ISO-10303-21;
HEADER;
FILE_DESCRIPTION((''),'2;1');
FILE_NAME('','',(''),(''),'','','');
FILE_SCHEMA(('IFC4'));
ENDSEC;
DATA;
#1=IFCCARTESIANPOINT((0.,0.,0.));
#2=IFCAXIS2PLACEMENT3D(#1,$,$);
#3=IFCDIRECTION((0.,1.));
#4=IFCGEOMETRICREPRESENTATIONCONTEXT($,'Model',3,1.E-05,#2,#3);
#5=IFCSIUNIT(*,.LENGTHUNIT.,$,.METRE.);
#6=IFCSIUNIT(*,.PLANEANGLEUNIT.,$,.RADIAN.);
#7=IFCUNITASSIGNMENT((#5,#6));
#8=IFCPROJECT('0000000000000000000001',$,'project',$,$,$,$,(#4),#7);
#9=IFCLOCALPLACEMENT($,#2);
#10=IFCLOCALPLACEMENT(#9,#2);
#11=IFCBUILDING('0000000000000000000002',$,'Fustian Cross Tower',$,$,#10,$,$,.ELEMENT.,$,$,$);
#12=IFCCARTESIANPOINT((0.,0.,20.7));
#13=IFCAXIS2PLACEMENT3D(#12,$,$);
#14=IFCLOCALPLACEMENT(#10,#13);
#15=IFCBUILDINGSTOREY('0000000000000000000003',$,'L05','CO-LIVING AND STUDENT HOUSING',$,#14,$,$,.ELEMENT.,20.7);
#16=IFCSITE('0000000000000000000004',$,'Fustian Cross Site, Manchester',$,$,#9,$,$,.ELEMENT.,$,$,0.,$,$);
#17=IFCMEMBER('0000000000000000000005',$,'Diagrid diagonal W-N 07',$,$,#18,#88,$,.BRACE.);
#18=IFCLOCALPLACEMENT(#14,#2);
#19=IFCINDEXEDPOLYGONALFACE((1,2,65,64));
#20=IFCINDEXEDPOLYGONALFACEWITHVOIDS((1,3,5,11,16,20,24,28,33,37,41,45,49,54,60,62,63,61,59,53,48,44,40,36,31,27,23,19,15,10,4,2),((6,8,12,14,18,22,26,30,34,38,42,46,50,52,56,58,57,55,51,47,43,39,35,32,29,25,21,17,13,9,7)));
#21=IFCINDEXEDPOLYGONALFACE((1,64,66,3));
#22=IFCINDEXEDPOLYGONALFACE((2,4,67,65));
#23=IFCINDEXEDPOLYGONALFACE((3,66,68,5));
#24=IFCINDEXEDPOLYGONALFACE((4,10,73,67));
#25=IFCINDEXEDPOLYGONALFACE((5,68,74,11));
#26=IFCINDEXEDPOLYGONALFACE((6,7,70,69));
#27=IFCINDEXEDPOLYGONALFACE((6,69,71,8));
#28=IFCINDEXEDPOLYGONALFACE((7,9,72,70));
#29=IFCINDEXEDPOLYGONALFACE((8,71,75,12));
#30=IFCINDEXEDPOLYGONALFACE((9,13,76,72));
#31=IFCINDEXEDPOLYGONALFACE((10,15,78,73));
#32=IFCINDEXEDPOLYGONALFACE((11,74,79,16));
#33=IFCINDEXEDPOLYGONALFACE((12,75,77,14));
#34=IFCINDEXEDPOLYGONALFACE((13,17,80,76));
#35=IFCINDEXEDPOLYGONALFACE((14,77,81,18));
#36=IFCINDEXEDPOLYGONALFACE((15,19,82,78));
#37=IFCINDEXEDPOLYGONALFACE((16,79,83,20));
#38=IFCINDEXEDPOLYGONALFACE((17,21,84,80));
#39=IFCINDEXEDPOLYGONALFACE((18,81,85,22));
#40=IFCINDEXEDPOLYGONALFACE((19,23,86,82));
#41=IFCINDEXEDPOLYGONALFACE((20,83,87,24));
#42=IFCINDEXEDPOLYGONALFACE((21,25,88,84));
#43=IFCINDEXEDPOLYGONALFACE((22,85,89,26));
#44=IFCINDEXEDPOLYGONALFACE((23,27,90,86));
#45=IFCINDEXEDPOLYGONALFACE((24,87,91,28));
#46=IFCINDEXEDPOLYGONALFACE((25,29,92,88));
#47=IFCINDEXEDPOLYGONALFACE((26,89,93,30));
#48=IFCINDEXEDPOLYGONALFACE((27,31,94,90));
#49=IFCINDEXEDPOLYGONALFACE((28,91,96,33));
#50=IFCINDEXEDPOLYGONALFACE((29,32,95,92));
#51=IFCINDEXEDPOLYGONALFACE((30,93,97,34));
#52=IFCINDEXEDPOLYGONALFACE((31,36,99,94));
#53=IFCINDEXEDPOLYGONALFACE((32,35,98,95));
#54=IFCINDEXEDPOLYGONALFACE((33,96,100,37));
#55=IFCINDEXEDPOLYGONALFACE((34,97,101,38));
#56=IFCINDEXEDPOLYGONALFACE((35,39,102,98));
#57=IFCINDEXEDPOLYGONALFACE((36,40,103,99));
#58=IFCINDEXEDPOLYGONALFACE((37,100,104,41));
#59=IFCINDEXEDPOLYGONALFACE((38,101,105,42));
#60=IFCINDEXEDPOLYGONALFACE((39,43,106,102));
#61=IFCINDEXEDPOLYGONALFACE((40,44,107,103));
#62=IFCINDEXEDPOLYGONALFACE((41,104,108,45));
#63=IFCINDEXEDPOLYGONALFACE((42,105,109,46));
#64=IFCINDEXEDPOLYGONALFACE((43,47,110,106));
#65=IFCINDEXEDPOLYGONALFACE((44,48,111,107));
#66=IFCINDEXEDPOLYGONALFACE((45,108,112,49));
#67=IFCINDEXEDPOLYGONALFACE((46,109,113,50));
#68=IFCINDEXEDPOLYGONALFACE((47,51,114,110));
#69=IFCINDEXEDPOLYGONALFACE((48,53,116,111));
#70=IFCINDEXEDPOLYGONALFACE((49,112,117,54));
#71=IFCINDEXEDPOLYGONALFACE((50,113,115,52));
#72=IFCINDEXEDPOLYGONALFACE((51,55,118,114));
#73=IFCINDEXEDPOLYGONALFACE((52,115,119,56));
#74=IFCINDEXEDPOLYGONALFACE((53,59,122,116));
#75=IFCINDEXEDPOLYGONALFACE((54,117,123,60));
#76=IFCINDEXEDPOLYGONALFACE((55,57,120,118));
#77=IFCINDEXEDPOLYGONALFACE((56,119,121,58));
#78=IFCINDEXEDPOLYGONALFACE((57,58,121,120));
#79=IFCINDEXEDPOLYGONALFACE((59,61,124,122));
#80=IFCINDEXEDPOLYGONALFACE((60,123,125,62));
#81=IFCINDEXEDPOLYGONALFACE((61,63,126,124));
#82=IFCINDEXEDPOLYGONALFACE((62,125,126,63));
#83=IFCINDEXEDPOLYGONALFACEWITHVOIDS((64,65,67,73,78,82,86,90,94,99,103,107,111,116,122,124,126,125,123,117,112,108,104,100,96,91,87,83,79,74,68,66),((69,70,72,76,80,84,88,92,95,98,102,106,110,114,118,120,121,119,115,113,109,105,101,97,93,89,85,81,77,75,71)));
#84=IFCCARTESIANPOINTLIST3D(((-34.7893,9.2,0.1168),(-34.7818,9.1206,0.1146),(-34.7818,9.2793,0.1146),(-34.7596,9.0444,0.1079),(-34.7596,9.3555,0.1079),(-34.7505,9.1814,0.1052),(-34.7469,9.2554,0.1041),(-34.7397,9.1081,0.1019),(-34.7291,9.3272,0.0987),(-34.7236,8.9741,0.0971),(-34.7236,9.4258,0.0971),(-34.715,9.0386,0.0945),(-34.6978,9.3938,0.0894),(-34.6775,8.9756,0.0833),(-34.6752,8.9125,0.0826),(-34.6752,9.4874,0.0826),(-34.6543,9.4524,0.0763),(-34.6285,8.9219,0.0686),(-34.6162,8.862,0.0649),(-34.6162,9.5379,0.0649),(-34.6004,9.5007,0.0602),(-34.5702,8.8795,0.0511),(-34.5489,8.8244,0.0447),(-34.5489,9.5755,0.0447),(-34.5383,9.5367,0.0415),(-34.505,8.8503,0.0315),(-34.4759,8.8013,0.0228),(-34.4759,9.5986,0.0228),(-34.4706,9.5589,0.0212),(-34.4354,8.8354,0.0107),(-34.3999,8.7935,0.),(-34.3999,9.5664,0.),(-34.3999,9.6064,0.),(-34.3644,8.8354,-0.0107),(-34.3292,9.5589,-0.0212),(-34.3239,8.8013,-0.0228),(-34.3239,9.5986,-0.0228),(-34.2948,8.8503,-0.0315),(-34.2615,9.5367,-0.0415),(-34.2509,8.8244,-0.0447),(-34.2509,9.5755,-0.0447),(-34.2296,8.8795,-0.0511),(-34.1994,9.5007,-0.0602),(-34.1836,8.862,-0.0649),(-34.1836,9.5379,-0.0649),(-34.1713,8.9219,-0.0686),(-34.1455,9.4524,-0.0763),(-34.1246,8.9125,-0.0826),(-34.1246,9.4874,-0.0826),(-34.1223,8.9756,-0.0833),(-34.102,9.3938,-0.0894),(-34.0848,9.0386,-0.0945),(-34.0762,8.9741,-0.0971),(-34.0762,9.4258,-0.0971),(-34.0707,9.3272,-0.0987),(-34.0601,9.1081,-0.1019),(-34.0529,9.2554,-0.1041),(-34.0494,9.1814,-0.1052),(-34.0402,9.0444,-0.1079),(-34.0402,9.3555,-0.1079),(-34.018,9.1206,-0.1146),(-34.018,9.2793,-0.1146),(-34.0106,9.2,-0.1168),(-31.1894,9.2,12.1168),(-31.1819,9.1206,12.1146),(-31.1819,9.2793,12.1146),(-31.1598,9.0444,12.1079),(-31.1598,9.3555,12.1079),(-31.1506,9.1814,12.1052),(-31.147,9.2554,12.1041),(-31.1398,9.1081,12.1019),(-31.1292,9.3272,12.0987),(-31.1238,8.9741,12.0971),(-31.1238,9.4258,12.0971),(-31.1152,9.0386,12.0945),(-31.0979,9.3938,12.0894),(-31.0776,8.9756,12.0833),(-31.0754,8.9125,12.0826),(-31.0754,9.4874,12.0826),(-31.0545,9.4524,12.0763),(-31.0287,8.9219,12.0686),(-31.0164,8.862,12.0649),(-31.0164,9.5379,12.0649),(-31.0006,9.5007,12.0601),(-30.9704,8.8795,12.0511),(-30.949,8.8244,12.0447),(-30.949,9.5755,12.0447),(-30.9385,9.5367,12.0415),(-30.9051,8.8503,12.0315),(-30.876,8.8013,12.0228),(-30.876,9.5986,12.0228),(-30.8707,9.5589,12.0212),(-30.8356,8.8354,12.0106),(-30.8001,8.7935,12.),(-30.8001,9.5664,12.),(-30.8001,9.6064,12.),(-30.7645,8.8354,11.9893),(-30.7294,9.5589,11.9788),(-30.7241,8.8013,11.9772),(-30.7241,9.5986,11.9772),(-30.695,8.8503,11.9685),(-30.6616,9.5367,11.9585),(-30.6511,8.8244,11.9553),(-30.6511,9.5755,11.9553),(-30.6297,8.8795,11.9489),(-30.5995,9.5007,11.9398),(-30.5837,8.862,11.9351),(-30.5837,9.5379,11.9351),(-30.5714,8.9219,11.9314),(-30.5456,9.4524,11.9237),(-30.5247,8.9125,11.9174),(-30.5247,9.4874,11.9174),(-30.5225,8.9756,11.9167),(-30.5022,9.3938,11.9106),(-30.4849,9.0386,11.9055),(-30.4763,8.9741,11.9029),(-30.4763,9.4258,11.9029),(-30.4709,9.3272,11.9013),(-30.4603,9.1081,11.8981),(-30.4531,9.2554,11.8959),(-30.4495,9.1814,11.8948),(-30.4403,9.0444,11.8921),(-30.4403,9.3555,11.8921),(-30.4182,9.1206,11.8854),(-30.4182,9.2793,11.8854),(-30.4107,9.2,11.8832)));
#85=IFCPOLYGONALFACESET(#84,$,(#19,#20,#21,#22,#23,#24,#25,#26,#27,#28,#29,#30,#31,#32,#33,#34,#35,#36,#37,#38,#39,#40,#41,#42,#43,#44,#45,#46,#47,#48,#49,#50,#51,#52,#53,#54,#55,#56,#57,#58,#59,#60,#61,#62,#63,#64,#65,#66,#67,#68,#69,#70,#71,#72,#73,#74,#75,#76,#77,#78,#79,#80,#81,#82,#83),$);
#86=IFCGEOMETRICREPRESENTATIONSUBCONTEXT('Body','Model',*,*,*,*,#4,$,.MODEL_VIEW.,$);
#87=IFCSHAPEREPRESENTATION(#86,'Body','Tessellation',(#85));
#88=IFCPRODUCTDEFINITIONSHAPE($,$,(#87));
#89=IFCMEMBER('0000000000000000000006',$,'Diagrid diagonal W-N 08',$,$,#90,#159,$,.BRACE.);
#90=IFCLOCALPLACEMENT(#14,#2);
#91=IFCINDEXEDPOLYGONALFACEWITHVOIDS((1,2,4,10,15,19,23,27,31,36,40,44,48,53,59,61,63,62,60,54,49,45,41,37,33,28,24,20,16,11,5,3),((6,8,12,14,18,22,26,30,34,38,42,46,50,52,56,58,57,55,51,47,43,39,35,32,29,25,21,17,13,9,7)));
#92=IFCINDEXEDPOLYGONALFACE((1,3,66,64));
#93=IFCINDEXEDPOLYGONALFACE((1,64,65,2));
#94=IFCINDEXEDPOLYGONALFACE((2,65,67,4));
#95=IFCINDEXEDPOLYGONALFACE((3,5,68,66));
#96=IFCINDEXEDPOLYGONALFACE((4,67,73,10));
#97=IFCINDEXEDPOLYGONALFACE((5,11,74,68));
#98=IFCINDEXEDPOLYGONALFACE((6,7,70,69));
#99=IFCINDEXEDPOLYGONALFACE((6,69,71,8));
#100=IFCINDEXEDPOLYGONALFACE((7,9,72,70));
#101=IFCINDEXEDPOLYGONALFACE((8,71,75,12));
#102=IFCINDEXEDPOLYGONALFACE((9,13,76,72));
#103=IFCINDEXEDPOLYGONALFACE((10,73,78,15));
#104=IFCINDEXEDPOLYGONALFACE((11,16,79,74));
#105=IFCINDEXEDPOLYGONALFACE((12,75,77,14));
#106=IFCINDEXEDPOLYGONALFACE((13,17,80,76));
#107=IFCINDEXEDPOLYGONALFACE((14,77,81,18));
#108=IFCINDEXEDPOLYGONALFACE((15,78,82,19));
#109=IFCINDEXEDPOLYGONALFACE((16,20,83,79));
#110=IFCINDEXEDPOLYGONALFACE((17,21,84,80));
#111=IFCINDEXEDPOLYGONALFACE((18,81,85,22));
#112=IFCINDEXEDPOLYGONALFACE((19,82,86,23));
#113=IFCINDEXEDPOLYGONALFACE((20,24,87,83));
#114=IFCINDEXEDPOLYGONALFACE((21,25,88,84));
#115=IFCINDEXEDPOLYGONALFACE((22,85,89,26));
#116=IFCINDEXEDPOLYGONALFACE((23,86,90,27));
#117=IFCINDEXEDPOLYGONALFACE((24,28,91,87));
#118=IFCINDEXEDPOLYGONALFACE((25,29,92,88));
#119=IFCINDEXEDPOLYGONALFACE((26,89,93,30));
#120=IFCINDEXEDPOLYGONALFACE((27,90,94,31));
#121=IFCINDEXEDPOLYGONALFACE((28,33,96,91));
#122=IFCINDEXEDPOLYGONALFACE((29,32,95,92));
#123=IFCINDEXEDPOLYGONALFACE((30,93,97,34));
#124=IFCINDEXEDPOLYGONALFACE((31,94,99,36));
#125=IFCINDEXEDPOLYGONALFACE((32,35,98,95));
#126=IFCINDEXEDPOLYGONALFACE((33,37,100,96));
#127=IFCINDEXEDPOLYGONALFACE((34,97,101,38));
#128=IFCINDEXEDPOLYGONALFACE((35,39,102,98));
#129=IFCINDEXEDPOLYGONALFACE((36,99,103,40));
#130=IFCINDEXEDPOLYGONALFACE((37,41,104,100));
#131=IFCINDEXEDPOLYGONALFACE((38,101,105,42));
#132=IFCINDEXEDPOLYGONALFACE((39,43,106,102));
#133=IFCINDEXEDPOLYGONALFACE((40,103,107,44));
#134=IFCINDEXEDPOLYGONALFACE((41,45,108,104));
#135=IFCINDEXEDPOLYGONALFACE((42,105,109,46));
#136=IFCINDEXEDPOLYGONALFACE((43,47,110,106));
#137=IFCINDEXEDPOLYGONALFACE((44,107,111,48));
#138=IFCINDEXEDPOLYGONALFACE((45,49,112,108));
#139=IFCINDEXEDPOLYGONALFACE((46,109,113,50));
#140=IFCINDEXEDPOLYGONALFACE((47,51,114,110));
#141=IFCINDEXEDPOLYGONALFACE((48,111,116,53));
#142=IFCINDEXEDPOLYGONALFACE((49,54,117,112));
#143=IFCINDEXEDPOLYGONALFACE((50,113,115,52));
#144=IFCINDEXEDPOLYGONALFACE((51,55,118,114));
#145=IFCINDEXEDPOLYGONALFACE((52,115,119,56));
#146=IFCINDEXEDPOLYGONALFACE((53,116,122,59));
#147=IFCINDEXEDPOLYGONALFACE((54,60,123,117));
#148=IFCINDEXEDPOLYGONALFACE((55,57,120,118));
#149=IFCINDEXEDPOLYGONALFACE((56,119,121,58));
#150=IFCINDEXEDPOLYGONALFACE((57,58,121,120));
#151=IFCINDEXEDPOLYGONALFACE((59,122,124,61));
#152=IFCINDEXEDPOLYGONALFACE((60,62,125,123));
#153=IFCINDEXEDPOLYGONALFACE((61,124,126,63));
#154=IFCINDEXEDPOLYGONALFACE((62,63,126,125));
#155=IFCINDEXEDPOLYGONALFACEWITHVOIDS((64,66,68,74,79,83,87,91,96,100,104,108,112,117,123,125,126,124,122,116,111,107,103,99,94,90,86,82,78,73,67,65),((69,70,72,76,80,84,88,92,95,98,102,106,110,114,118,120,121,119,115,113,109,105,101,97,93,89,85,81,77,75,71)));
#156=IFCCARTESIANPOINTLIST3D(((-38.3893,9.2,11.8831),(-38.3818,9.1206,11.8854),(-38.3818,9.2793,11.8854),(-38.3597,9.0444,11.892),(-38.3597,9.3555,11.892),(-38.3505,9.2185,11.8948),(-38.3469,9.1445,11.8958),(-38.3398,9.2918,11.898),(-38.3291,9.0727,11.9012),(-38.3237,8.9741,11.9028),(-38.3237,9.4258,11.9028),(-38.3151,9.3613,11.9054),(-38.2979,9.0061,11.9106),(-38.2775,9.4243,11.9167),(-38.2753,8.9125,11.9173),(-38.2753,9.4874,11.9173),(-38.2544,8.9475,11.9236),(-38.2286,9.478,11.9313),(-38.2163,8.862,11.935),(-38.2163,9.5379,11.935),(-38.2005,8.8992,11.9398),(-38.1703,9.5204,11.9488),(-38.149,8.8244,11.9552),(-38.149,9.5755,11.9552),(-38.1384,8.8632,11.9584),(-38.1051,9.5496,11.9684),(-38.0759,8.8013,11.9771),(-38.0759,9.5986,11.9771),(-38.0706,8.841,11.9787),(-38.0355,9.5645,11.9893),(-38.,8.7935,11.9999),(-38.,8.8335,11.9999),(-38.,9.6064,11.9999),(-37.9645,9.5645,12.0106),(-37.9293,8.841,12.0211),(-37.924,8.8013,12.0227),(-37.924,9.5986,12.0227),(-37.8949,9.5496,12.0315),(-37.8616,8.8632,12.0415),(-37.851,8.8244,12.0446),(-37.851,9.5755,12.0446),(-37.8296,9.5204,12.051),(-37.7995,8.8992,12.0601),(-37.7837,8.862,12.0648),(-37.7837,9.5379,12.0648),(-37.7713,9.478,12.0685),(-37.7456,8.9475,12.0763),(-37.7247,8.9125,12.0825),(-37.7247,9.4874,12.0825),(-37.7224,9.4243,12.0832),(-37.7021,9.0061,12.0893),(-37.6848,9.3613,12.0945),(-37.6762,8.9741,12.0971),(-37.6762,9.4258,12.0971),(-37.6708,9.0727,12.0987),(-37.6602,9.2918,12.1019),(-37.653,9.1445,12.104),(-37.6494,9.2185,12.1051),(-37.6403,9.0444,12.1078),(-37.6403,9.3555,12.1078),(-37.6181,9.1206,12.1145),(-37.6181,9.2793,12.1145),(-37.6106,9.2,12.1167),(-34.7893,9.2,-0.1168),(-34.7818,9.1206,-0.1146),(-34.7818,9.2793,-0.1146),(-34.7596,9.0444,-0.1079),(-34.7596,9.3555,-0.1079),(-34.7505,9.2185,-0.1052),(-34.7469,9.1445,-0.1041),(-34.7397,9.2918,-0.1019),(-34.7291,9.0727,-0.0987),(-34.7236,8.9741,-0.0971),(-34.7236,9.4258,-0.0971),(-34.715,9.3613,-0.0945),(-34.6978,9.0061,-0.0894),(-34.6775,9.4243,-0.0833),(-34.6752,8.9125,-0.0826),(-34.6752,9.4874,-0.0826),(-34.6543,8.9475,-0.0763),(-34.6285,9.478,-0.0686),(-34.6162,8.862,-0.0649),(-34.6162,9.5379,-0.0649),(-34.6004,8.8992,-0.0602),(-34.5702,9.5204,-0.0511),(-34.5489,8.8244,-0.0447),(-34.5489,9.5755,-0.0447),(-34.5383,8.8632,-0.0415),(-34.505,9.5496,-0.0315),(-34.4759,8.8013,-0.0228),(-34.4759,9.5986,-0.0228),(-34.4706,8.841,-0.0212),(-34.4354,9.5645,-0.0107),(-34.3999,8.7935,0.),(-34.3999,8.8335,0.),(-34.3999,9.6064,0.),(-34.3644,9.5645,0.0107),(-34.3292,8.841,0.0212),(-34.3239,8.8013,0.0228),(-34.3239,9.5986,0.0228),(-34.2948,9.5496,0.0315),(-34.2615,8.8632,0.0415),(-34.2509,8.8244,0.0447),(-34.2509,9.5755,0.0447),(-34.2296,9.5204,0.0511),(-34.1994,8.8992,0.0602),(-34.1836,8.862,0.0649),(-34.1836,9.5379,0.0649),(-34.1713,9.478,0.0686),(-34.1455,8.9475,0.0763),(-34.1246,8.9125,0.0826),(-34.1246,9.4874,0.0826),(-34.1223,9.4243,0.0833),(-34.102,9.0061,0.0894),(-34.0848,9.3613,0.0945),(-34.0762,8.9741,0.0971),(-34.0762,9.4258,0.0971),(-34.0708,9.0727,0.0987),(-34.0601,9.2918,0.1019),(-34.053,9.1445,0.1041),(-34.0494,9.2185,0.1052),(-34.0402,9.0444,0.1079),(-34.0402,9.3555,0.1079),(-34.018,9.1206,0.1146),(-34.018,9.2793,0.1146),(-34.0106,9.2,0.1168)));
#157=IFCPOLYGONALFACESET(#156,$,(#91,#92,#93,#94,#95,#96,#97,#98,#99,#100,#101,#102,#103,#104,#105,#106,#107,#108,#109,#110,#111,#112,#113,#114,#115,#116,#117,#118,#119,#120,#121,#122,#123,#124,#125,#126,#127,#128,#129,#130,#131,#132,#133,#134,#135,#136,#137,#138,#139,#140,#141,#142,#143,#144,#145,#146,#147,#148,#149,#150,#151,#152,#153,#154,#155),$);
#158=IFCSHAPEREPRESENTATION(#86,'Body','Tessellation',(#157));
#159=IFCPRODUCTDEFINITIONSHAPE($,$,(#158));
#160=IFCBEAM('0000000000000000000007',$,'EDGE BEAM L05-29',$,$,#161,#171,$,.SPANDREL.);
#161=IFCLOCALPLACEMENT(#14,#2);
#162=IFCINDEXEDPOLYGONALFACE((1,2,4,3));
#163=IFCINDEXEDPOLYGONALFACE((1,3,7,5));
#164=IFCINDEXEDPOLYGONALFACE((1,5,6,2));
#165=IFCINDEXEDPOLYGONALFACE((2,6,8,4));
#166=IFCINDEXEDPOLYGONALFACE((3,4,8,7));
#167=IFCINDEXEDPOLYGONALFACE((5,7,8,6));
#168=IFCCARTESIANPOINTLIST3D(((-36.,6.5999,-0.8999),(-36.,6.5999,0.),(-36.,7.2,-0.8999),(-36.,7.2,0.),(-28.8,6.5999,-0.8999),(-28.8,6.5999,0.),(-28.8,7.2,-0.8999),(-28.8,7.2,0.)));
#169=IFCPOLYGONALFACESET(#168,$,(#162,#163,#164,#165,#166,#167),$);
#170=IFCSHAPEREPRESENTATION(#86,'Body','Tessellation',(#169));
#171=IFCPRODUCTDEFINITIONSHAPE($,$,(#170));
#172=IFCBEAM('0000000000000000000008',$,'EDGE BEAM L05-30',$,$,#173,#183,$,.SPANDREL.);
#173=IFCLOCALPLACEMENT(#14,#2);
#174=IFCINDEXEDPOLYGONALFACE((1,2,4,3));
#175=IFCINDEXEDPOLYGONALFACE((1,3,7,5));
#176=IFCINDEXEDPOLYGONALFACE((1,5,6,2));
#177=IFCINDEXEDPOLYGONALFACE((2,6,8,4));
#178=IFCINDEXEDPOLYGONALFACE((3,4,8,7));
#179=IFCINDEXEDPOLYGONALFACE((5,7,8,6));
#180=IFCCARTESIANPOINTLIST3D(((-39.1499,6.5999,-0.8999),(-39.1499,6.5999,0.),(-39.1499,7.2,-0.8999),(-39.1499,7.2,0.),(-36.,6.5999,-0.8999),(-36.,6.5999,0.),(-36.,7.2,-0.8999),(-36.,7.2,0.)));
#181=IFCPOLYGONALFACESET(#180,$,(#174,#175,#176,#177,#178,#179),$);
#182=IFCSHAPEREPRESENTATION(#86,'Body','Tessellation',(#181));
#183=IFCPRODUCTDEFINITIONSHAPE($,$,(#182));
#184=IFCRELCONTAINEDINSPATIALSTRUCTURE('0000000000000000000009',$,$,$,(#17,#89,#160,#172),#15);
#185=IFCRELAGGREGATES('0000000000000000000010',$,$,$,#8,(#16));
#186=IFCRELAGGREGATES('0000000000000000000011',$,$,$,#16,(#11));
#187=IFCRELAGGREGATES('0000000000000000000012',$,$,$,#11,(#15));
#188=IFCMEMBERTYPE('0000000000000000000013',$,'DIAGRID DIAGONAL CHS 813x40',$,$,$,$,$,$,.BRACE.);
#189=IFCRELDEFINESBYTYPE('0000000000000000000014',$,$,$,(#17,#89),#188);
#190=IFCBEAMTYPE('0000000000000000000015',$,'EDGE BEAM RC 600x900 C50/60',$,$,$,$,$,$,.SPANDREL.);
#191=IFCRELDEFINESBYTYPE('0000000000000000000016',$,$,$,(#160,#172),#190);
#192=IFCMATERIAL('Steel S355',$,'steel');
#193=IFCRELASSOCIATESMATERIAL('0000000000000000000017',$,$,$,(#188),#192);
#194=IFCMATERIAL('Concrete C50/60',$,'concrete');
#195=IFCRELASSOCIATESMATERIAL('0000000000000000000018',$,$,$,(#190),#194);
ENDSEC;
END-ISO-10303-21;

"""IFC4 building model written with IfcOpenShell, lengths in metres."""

from ifc_helpers import new_model, si_unit, direction, frame, origin, origin_2d, place, context, subcontext, project, spatial, rectangle, hollow_circle, extrude, material, material_profile, profile_set, type_object, element, save


model = new_model("IFC4")

# Units and contexts
model_context = context("Model", 3, precision=1e-05, world=origin(), true_north=direction((0.0, 1.0)))
body_context = subcontext(model_context, "Body", "Model", "MODEL_VIEW")
ifc_project = project(units=[si_unit("LENGTHUNIT", "METRE"), si_unit("PLANEANGLEUNIT", "RADIAN")], contexts=[model_context])

# Site, building, storey
site_placement = place(None, origin())
site = spatial("IfcSite", under=ifc_project, at=site_placement, Name="Fustian Cross Site, Manchester", CompositionType="ELEMENT", RefElevation=0.0)
building_placement = place(site_placement, origin())
building = spatial("IfcBuilding", under=site, at=building_placement, Name="Fustian Cross Tower", CompositionType="ELEMENT")
storey_placement = place(building_placement, frame((0.0, 0.0, 20.7)))
storey = spatial("IfcBuildingStorey", under=building, at=storey_placement, Name="L05", Description="CO-LIVING AND STUDENT HOUSING", CompositionType="ELEMENT", Elevation=20.7)

# Members
ifc_material_1 = material(Name="Steel S355", Category="steel")
ifc_material_profile_1 = material_profile(ifc_material_1, hollow_circle(Radius=0.4065, WallThickness=0.04, at=origin_2d()), Name="CHS 813x40")
ifc_profile_set_1 = profile_set([ifc_material_profile_1], Name="Steel S355")
member_type = type_object("IfcMemberType", Name="DIAGRID DIAGONAL CHS 813x40", PredefinedType="BRACE", material=ifc_profile_set_1)
for number, where, z_axis, x_axis, name in (
    (1, (-34.3999, 9.2, 0.0), (0.287337, 0.0, 0.95783), (0.0, 1.0, 0.0), "Diagrid diagonal W-N 07"),
    (2, (-34.3999, 9.2, 0.0), (-0.287355, 0.0, 0.957824), (0.0, -1.0, 0.0), "Diagrid diagonal W-N 08"),
):
    element("IfcMember", number, at=place(storey_placement, frame(where, z_axis=z_axis, x_axis=x_axis)), inside=storey, type_object=member_type, Name=name, PredefinedType="BRACE", context=body_context, shape_type="SweptSolid", body=[
        extrude(hollow_circle(Radius=0.4065, WallThickness=0.04, at=origin_2d()), origin(), (0.0, 0.0, 1.0), 12.5283),
    ])

# Beams
ifc_material_2 = material(Name="Concrete C50/60", Category="concrete")
ifc_material_profile_2 = material_profile(ifc_material_2, rectangle(XDim=0.6001, YDim=0.8999, at=origin_2d()), Name="RC 600x900")
ifc_profile_set_2 = profile_set([ifc_material_profile_2], Name="Concrete C50/60")
beam_type = type_object("IfcBeamType", Name="EDGE BEAM RC 600x900 C50/60", PredefinedType="SPANDREL", material=ifc_profile_set_2)
beam_1_placement = place(storey_placement, frame((-28.8, 6.8999, -0.45), z_axis=(-1.0, 0.0, 0.0), x_axis=(0.0, -1.0, 0.0)))
element("IfcBeam", 3, at=beam_1_placement, inside=storey, type_object=beam_type, Name="EDGE BEAM L05-29", PredefinedType="SPANDREL", context=body_context, shape_type="SweptSolid", body=[
    extrude(rectangle(XDim=0.6001, YDim=0.8999, at=origin_2d()), origin(), (0.0, 0.0, 1.0), 7.2),
])
beam_2_placement = place(storey_placement, frame((-36.0, 6.8999, -0.45), z_axis=(-1.0, 0.0, 0.0), x_axis=(0.0, -1.0, 0.0)))
element("IfcBeam", 4, at=beam_2_placement, inside=storey, type_object=beam_type, Name="EDGE BEAM L05-30", PredefinedType="SPANDREL", context=body_context, shape_type="SweptSolid", body=[
    extrude(rectangle(XDim=0.6001, YDim=0.8999, at=origin_2d()), origin(), (0.0, 0.0, 1.0), 3.1499),
])

save(model, "model.ifc")
